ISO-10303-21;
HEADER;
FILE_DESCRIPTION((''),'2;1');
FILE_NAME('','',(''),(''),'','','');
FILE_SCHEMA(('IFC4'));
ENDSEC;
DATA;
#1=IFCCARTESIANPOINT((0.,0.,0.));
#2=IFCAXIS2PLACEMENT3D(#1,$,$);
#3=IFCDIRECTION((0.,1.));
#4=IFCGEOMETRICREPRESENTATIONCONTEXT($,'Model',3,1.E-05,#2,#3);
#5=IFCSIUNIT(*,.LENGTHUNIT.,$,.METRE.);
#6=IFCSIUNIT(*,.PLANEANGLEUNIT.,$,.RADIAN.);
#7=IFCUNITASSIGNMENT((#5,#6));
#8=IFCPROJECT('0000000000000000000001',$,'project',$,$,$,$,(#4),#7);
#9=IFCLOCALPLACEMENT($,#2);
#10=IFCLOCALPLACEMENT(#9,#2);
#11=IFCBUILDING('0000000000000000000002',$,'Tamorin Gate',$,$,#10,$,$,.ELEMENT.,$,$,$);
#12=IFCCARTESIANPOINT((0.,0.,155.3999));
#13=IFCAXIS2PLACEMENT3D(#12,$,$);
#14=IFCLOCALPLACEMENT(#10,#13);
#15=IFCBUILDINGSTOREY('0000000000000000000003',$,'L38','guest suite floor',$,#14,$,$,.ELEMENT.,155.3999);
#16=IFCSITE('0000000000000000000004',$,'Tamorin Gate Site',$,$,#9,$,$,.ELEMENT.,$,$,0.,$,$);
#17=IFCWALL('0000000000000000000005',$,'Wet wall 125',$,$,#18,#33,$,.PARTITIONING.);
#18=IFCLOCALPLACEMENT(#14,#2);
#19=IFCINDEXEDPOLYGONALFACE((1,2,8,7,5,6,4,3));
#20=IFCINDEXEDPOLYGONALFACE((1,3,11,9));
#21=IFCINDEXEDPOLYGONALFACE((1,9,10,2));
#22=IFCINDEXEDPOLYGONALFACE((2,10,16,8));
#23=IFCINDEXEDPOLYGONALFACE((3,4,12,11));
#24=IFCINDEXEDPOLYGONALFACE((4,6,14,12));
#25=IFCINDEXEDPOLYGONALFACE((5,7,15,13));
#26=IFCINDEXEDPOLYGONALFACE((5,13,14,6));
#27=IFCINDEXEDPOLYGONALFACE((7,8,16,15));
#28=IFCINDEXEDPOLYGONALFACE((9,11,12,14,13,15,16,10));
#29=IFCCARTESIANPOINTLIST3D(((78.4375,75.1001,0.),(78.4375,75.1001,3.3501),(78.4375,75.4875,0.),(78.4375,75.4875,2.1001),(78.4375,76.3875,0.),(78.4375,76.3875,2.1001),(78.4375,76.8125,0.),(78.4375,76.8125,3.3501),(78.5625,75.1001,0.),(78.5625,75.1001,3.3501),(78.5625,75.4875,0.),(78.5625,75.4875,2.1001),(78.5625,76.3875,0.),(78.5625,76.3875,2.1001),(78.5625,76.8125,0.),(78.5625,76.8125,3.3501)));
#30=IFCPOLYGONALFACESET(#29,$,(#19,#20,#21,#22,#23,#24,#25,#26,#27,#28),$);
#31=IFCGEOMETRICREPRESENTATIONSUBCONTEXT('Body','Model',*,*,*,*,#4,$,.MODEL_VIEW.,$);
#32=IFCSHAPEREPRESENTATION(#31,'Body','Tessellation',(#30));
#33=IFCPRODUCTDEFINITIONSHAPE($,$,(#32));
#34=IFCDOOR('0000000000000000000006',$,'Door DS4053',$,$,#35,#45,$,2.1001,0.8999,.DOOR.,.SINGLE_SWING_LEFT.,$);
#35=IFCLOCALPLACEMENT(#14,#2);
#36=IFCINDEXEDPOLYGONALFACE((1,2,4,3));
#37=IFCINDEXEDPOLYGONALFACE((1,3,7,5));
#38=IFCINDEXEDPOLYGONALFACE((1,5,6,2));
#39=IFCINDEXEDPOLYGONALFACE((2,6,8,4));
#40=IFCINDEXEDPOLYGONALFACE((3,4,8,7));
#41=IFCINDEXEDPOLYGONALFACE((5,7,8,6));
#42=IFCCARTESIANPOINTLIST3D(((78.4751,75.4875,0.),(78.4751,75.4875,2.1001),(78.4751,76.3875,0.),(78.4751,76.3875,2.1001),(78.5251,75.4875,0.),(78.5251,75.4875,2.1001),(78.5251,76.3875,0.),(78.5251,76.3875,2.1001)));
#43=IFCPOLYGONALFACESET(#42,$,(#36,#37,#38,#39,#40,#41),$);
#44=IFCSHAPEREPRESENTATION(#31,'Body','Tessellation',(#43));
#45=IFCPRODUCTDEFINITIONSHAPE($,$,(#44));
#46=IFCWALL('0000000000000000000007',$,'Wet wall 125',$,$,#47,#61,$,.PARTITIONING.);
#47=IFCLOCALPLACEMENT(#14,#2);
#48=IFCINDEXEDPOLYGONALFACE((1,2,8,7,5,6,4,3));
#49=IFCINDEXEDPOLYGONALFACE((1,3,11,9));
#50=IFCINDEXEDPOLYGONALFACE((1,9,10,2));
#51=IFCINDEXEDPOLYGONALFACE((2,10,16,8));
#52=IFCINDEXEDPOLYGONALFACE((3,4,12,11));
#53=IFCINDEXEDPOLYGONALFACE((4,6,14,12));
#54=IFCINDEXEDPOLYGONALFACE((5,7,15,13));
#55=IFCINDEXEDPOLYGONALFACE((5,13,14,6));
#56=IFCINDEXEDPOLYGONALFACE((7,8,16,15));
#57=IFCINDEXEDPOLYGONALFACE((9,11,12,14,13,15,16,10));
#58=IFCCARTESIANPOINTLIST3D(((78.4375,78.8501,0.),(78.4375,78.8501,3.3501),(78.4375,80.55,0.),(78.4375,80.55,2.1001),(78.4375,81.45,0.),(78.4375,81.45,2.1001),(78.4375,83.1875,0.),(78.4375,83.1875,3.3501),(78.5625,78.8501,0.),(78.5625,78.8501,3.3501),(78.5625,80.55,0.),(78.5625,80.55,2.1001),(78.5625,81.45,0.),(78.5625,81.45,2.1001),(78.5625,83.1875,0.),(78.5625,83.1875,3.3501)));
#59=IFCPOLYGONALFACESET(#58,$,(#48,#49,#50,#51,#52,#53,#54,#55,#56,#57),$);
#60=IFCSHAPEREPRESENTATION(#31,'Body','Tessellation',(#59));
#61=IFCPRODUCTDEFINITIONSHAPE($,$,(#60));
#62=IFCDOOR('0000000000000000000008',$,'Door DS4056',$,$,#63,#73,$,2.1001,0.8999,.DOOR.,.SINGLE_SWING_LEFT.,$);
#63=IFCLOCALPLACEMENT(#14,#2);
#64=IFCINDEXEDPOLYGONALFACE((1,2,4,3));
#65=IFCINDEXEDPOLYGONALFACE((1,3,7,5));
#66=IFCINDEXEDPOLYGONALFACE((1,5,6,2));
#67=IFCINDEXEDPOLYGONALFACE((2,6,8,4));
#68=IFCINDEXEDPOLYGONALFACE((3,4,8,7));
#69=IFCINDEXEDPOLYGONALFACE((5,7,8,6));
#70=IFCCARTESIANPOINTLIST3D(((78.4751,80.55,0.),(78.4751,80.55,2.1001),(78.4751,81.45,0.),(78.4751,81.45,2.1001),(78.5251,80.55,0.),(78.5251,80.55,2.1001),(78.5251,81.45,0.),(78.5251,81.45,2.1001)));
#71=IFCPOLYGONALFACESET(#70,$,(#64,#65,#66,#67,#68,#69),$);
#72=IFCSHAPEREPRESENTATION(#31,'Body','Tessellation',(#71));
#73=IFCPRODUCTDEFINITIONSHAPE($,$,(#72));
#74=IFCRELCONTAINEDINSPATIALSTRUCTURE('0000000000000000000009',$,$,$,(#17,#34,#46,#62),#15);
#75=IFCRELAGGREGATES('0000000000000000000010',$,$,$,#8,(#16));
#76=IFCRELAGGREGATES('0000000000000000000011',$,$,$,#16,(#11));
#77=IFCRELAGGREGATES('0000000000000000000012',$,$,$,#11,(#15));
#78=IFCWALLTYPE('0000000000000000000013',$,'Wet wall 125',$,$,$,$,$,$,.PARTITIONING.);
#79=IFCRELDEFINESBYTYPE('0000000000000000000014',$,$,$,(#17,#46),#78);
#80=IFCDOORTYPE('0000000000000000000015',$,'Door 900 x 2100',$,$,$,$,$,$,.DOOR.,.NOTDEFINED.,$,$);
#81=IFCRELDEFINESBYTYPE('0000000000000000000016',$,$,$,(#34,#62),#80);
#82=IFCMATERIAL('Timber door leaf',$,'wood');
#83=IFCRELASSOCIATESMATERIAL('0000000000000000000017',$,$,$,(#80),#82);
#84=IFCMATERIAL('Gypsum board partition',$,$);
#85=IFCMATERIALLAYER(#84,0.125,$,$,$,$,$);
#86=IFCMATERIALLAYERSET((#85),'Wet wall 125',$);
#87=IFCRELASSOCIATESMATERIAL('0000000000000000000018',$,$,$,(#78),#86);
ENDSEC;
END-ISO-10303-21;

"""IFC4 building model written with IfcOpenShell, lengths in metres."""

from ifc_helpers import new_model, si_unit, direction, frame, frame_2d, origin, place, context, subcontext, project, spatial, rectangle, extrude, material, layer, layer_set, type_object, element, fill, save


model = new_model("IFC4")

# Units and contexts
model_context = context("Model", 3, precision=1e-05, world=origin(), true_north=direction((0.0, 1.0)))
body_context = subcontext(model_context, "Body", "Model", "MODEL_VIEW")
ifc_project = project(units=[si_unit("LENGTHUNIT", "METRE"), si_unit("PLANEANGLEUNIT", "RADIAN")], contexts=[model_context])

# Site, building, storey
site_placement = place(None, origin())
site = spatial("IfcSite", under=ifc_project, at=site_placement, Name="Tamorin Gate Site", CompositionType="ELEMENT", RefElevation=0.0)
building_placement = place(site_placement, origin())
building = spatial("IfcBuilding", under=site, at=building_placement, Name="Tamorin Gate", CompositionType="ELEMENT")
storey_placement = place(building_placement, frame((0.0, 0.0, 155.3999)))
storey = spatial("IfcBuildingStorey", under=building, at=storey_placement, Name="L38", Description="guest suite floor", CompositionType="ELEMENT", Elevation=155.3999)

# Shared definitions
ifc_material_1 = material(Name="Gypsum board partition")

# Shared definitions
ifc_material_2 = material(Name="Timber door leaf", Category="wood")
door_type = type_object("IfcDoorType", Name="Door 900 x 2100", OperationType="NOTDEFINED", PredefinedType="DOOR", material=ifc_material_2)

# Shared definitions
ifc_layer_1 = layer(ifc_material_1, 0.125)
ifc_layer_set_1 = layer_set([ifc_layer_1], Name="Wet wall 125")
wall_type_1 = type_object("IfcWallType", Name="Wet wall 125", PredefinedType="PARTITIONING", material=ifc_layer_set_1)

# Walls, openings, doors
wall_1_placement = place(storey_placement, frame((78.5, 75.1001, 0.0), z_axis=(0.0, 0.0, 1.0), x_axis=(0.0, 1.0, 0.0)))
wall_1 = element("IfcWall", 1, at=wall_1_placement, inside=storey, type_object=wall_type_1, Name="Wet wall 125", PredefinedType="PARTITIONING", context=body_context, shape_type="SweptSolid", body=[
    extrude(rectangle(XDim=1.7124, YDim=0.125, at=frame_2d((0.8562, 0.0))), origin(), (0.0, 0.0, 1.0), 3.3501),
])
opening_1_placement = place(wall_1_placement, frame((0.3875, 0.0, 0.0)))
opening_1 = element("IfcOpeningElement", 2, at=opening_1_placement, cuts=wall_1, PredefinedType="OPENING", context=body_context, shape_type="SweptSolid", body=[
    extrude(rectangle(XDim=0.8999, YDim=2.1001, at=frame_2d((0.45, 1.05))), frame((0.0, 0.0725, 0.0), z_axis=(0.0, -1.0, 0.0), x_axis=(1.0, 0.0, 0.0)), (0.0, 0.0, 1.0), 0.145),
])
door_1_placement = place(opening_1_placement, origin())
door_1 = element("IfcDoor", 3, at=door_1_placement, inside=storey, type_object=door_type, Name="Door DS4053", OperationType="SINGLE_SWING_LEFT", OverallHeight=2.1001, OverallWidth=0.8999, PredefinedType="DOOR", context=body_context, shape_type="SweptSolid", body=[
    extrude(rectangle(XDim=0.8999, YDim=2.1001, at=frame_2d((0.45, 1.05))), frame((0.0, 0.0249, 0.0), z_axis=(0.0, -1.0, 0.0), x_axis=(1.0, 0.0, 0.0)), (0.0, 0.0, 1.0), 0.05),
])
fill(opening_1, door_1)
wall_2_placement = place(storey_placement, frame((78.5, 78.8501, 0.0), z_axis=(0.0, 0.0, 1.0), x_axis=(0.0, 1.0, 0.0)))
wall_2 = element("IfcWall", 4, at=wall_2_placement, inside=storey, type_object=wall_type_1, Name="Wet wall 125", PredefinedType="PARTITIONING", context=body_context, shape_type="SweptSolid", body=[
    extrude(rectangle(XDim=4.3374, YDim=0.125, at=frame_2d((2.1687, 0.0))), origin(), (0.0, 0.0, 1.0), 3.3501),
])
opening_2_placement = place(wall_2_placement, frame((1.7, 0.0, 0.0)))
opening_2 = element("IfcOpeningElement", 5, at=opening_2_placement, cuts=wall_2, PredefinedType="OPENING", context=body_context, shape_type="SweptSolid", body=[
    extrude(rectangle(XDim=0.8999, YDim=2.1001, at=frame_2d((0.45, 1.05))), frame((0.0, 0.0725, 0.0), z_axis=(0.0, -1.0, 0.0), x_axis=(1.0, 0.0, 0.0)), (0.0, 0.0, 1.0), 0.145),
])
door_2_placement = place(opening_2_placement, origin())
door_2 = element("IfcDoor", 6, at=door_2_placement, inside=storey, type_object=door_type, Name="Door DS4056", OperationType="SINGLE_SWING_LEFT", OverallHeight=2.1001, OverallWidth=0.8999, PredefinedType="DOOR", context=body_context, shape_type="SweptSolid", body=[
    extrude(rectangle(XDim=0.8999, YDim=2.1001, at=frame_2d((0.45, 1.05))), frame((0.0, 0.0249, 0.0), z_axis=(0.0, -1.0, 0.0), x_axis=(1.0, 0.0, 0.0)), (0.0, 0.0, 1.0), 0.05),
])
fill(opening_2, door_2)

save(model, "model.ifc")
